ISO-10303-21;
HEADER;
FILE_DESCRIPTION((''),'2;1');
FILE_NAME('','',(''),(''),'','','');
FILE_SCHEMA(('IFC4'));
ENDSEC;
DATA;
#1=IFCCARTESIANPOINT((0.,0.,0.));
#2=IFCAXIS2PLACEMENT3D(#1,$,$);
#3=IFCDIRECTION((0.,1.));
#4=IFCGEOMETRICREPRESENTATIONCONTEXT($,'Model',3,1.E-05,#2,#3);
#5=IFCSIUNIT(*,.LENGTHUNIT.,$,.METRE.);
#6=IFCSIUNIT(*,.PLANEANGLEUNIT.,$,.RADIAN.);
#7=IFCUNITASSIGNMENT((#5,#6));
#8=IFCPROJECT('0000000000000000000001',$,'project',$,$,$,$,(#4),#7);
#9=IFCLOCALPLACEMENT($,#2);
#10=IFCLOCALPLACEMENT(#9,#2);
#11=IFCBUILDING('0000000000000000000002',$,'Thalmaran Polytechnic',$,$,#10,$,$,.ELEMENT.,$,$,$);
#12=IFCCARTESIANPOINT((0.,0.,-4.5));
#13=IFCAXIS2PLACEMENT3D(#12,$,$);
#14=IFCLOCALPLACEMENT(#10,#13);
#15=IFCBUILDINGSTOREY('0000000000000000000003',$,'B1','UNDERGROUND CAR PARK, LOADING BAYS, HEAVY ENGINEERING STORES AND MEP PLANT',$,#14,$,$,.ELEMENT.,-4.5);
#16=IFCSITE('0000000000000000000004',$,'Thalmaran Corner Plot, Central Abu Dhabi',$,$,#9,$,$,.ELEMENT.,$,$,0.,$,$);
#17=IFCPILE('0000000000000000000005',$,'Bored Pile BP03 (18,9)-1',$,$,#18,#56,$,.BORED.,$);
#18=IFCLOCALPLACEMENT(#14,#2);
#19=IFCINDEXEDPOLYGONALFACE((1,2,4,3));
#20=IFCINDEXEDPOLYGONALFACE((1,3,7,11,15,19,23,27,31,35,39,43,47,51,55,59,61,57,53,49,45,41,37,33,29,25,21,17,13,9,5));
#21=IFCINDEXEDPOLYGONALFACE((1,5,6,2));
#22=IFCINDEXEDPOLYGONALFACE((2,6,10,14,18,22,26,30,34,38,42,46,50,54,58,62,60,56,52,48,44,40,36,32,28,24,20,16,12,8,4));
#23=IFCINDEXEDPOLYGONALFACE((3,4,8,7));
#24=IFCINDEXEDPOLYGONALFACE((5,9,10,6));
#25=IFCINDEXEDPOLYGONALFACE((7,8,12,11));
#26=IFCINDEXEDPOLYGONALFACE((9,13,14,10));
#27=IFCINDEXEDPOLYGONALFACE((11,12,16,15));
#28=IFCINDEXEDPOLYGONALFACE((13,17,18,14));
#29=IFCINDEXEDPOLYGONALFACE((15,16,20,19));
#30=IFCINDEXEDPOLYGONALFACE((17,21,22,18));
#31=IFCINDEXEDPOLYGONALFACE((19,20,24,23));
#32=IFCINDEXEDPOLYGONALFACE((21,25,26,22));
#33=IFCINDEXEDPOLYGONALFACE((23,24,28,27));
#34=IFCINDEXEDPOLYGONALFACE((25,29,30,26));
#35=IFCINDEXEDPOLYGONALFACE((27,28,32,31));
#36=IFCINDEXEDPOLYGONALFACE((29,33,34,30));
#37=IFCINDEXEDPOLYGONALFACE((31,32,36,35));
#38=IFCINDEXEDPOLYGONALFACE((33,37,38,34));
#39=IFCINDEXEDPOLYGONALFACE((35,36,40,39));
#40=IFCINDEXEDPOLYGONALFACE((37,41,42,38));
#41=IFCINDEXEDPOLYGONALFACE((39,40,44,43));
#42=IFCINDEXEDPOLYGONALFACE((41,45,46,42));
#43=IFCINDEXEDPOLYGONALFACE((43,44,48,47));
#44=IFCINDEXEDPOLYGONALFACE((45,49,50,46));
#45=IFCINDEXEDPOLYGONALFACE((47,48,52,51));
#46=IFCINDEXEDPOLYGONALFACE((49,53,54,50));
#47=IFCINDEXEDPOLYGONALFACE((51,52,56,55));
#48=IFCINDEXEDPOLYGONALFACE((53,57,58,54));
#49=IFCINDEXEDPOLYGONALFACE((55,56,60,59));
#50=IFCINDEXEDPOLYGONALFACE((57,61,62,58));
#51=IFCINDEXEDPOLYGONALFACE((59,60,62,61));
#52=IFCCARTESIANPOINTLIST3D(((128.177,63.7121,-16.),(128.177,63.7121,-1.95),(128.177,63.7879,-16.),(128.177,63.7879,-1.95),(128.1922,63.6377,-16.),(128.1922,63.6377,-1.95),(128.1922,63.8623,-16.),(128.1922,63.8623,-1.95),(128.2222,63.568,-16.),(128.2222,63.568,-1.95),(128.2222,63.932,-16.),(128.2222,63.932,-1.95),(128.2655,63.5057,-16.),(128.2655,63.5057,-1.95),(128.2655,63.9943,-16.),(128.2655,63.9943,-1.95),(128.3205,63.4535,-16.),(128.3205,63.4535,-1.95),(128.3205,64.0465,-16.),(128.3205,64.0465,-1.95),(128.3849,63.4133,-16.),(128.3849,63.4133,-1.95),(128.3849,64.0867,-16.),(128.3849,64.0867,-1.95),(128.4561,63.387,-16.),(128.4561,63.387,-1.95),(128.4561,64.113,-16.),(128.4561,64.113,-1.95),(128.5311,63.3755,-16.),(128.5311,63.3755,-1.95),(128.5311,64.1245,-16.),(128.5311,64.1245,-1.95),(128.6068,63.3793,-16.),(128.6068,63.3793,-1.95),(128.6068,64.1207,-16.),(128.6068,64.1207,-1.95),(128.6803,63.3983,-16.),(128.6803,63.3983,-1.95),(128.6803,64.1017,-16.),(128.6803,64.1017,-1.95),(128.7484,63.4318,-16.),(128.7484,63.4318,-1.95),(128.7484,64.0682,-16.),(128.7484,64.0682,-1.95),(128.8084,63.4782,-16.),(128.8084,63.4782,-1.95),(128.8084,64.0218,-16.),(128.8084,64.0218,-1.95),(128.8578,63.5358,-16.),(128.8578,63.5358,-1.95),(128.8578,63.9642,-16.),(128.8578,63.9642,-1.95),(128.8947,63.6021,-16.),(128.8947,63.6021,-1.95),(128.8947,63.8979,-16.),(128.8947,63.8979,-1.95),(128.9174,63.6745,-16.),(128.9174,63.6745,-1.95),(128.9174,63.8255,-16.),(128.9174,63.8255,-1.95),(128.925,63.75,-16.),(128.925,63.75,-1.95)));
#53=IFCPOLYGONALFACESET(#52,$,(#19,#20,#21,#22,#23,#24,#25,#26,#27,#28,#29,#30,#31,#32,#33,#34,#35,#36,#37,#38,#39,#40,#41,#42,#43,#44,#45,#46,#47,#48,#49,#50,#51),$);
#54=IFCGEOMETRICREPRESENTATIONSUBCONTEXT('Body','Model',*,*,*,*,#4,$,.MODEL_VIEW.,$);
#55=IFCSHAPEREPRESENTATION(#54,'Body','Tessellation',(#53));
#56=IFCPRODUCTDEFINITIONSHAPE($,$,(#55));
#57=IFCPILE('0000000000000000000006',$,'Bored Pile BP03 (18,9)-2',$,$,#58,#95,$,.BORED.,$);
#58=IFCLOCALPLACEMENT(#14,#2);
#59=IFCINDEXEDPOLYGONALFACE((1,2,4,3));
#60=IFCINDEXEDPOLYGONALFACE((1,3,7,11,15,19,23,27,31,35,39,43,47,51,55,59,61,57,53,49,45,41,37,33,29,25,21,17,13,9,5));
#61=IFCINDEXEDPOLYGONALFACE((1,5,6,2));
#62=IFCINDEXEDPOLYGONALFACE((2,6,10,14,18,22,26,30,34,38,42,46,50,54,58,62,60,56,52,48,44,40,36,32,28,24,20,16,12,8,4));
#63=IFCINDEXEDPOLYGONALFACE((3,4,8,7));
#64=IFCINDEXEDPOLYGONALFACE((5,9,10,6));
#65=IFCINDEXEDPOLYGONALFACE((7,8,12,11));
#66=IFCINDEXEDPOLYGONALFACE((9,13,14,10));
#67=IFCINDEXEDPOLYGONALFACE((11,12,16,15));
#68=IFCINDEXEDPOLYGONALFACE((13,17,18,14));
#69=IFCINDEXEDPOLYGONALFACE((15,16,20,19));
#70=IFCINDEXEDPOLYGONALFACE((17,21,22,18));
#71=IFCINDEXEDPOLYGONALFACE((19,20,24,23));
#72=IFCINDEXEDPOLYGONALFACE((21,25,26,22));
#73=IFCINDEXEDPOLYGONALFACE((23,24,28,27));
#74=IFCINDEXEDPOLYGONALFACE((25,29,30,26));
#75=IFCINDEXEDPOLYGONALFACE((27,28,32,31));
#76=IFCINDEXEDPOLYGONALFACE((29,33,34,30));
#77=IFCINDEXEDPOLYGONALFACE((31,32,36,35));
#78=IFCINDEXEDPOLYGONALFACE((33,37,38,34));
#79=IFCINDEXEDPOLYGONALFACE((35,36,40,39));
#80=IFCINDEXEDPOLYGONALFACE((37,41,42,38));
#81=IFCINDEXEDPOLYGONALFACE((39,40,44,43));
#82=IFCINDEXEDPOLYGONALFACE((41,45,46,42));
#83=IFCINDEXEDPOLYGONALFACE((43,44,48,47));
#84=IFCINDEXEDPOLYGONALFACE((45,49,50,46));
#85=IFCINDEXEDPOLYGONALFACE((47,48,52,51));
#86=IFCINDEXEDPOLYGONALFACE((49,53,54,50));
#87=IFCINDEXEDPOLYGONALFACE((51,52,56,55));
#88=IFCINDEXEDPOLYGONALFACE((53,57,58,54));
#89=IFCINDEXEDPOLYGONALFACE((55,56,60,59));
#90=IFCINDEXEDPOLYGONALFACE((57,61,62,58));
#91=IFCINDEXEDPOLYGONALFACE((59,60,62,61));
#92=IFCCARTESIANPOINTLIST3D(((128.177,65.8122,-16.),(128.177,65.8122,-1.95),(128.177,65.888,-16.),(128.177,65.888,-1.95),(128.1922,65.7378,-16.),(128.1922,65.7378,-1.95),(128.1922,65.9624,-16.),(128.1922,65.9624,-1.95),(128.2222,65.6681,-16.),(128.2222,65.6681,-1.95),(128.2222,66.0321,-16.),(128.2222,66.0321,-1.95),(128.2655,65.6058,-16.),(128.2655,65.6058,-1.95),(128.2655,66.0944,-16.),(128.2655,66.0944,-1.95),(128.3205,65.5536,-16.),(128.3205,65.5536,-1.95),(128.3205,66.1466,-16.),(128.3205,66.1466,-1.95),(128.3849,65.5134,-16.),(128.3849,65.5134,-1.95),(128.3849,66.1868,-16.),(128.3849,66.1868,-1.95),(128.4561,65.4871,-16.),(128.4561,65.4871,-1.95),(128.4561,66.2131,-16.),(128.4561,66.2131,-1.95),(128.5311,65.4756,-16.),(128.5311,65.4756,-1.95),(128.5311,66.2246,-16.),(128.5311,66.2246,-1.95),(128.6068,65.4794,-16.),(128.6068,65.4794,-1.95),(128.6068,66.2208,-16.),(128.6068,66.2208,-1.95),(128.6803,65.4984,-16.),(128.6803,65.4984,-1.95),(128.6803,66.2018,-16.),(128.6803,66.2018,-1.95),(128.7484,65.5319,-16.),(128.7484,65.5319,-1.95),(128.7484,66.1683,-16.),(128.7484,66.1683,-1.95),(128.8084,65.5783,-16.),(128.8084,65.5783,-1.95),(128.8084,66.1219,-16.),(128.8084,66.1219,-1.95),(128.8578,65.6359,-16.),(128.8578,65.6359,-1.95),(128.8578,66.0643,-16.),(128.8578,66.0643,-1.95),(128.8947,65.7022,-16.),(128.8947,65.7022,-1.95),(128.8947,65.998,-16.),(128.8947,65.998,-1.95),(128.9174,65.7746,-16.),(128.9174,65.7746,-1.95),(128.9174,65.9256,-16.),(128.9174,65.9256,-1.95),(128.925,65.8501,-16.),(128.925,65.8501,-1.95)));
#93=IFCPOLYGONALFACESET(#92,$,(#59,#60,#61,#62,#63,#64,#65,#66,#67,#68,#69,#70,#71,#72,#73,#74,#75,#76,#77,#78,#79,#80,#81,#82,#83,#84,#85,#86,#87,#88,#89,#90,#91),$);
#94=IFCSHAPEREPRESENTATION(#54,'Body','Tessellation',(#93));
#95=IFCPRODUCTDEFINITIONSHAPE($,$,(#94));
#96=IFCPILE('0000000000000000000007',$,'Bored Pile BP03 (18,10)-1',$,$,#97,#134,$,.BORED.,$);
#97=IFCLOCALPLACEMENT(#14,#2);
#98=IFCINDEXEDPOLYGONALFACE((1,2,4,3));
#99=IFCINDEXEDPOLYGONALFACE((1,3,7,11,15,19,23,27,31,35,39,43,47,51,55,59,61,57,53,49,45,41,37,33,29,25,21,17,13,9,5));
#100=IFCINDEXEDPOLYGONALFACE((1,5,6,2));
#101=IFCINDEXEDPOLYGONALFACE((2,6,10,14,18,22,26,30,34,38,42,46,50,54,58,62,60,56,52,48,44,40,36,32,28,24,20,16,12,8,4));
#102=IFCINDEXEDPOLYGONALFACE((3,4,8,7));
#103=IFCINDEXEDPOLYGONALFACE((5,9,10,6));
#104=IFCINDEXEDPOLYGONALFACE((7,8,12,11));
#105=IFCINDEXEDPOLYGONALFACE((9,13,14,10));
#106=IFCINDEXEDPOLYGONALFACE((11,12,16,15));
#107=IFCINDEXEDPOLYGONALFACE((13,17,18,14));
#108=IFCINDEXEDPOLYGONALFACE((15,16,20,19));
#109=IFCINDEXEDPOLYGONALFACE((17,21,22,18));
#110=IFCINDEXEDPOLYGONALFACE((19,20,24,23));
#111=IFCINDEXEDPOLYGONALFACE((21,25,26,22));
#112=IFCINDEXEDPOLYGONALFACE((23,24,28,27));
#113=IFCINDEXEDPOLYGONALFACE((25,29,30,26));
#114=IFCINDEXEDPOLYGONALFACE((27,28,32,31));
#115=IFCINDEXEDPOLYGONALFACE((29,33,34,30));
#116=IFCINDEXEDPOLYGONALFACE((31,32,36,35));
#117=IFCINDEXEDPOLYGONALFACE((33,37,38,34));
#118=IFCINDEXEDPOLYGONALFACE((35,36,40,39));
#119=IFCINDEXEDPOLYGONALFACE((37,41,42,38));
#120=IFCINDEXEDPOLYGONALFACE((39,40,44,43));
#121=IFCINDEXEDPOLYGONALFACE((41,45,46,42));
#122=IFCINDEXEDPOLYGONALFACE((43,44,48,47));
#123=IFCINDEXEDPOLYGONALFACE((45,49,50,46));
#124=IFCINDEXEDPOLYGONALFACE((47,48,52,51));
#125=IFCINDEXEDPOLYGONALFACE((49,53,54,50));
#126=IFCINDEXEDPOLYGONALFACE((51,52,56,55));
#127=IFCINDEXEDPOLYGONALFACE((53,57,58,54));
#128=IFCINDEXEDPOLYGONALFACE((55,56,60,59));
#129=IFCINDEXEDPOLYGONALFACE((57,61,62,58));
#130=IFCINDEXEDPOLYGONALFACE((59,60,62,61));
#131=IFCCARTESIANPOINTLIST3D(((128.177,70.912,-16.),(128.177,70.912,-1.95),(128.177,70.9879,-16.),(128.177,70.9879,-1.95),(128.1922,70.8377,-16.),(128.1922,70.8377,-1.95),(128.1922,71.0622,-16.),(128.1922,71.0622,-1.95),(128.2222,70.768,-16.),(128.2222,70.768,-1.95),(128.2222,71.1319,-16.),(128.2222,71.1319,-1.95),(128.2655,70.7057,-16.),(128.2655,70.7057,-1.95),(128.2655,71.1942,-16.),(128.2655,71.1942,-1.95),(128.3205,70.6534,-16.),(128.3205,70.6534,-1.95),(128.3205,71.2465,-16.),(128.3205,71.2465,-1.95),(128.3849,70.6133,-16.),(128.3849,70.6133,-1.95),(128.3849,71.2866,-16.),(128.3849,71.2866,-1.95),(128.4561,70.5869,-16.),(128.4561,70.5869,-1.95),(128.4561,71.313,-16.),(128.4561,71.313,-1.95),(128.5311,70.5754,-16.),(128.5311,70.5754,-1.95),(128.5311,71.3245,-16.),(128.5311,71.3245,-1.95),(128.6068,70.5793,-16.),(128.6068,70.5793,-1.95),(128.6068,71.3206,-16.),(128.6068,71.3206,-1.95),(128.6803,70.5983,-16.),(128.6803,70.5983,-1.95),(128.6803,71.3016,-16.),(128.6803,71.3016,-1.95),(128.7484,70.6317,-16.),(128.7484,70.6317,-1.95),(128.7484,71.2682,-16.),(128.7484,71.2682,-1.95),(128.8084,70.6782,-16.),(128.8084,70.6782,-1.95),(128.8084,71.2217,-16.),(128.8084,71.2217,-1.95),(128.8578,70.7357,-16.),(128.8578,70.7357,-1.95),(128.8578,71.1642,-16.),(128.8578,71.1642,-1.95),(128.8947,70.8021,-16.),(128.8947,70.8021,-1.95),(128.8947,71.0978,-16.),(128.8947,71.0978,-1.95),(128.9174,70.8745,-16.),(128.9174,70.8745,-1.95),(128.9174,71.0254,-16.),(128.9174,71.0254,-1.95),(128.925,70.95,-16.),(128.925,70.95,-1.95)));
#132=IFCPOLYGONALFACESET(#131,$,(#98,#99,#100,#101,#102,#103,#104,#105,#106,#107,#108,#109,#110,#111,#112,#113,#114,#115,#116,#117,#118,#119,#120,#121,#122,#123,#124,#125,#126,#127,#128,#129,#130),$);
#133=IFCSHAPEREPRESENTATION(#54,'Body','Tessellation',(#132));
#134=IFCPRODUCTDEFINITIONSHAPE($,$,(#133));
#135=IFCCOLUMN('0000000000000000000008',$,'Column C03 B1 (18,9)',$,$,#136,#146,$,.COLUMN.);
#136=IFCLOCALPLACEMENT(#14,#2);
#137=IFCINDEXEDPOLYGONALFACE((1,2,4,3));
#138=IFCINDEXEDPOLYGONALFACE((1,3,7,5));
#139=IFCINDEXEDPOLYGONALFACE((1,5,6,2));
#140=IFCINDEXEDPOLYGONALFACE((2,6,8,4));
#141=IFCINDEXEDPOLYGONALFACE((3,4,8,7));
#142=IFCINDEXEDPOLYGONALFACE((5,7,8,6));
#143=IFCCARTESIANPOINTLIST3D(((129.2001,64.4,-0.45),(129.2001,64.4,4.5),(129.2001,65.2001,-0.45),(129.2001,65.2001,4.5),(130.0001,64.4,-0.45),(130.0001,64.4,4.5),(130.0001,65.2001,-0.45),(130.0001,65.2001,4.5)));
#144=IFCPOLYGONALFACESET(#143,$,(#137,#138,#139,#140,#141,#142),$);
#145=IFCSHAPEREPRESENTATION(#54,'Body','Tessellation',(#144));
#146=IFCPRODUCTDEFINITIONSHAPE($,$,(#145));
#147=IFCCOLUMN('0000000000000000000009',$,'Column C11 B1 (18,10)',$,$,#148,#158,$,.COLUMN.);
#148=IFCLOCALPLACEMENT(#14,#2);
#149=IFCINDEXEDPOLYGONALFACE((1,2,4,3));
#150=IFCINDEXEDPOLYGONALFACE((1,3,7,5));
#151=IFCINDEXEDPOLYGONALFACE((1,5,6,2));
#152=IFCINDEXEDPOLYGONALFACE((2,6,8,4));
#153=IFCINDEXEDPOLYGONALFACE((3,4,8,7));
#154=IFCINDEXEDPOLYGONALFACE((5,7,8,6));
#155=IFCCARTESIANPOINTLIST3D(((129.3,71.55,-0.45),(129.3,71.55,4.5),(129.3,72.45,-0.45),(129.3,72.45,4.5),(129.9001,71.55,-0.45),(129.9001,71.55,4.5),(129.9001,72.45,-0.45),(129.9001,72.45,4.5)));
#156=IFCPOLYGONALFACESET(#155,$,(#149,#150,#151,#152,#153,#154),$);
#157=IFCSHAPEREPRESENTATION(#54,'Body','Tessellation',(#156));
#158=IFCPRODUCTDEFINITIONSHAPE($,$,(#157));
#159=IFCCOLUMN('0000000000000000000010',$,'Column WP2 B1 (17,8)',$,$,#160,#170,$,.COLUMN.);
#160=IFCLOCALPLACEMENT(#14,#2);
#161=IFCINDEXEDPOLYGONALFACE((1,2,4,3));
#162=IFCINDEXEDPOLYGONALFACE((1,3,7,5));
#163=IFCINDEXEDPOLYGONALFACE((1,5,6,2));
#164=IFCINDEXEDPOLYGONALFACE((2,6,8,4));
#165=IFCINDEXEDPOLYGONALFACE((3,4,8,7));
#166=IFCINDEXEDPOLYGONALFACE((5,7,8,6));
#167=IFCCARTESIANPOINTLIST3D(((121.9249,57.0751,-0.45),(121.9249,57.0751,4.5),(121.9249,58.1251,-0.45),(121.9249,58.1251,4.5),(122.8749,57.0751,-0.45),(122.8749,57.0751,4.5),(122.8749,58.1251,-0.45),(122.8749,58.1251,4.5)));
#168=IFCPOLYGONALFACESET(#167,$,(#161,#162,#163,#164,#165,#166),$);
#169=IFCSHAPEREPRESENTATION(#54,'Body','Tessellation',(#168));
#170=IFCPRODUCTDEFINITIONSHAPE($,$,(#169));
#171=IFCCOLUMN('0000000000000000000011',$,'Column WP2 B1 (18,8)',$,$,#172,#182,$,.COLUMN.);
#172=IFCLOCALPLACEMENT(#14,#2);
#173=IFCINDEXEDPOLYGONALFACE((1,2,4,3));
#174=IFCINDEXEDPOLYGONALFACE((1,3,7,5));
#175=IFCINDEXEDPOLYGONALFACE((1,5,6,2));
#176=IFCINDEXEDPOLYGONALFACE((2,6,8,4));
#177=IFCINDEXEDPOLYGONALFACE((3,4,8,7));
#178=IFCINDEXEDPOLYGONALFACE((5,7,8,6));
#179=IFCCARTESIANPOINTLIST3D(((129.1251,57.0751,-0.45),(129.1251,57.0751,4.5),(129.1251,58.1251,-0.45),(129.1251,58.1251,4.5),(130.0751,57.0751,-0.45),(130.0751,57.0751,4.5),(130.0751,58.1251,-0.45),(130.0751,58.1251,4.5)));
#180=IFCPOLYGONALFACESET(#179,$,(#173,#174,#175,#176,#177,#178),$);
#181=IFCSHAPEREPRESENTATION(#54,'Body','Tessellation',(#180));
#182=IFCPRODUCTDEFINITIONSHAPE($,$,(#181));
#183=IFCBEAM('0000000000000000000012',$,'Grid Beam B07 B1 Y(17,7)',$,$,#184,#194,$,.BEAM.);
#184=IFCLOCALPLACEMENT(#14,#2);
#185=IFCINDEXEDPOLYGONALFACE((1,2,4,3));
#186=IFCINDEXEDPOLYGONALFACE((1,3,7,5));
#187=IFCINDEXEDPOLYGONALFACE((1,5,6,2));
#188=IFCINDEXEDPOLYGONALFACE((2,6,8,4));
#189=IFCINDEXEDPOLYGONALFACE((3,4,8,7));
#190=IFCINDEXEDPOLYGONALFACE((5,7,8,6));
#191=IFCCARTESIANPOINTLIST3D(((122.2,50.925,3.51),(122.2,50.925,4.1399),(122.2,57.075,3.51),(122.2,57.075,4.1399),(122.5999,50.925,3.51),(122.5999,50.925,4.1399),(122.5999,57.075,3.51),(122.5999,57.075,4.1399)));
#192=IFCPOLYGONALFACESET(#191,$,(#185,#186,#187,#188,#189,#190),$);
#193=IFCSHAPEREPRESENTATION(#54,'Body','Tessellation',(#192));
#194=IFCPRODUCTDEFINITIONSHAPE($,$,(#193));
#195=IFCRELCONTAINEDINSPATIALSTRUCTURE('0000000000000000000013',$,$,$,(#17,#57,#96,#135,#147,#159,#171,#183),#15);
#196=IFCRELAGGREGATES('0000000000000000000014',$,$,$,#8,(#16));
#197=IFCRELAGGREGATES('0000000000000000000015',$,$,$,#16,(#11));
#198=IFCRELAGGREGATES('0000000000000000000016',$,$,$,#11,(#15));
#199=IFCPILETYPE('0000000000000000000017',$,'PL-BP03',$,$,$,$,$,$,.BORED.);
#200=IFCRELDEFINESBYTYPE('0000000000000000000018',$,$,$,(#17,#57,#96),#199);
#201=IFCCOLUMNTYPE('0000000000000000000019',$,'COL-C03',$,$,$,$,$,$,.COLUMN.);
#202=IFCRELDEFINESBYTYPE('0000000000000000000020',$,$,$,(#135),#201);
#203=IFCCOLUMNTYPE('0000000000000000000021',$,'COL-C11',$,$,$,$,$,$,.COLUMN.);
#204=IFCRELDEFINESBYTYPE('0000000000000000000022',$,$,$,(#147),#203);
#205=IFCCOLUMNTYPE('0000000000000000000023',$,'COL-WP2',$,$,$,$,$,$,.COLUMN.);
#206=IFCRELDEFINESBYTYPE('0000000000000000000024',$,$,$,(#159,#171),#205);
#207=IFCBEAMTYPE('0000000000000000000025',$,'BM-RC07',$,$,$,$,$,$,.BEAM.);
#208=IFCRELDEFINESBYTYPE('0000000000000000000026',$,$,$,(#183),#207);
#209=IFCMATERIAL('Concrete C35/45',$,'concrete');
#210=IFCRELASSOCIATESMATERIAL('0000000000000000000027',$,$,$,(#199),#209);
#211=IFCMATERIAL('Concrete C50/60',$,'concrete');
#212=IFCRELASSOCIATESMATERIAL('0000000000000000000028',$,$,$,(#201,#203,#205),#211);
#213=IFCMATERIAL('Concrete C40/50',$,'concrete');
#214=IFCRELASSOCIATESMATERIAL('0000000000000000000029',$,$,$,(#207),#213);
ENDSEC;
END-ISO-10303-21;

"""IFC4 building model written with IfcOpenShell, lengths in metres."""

from ifc_helpers import new_model, si_unit, direction, frame, origin, origin_2d, place, context, subcontext, project, spatial, rectangle, circle, extrude, material, material_profile, profile_set, type_object, element, save


model = new_model("IFC4")

# Units and contexts
model_context = context("Model", 3, precision=1e-05, world=origin(), true_north=direction((0.0, 1.0)))
body_context = subcontext(model_context, "Body", "Model", "MODEL_VIEW")
ifc_project = project(units=[si_unit("LENGTHUNIT", "METRE"), si_unit("PLANEANGLEUNIT", "RADIAN")], contexts=[model_context])

# Site, building, storey
site_placement = place(None, origin())
site = spatial("IfcSite", under=ifc_project, at=site_placement, Name="Thalmaran Corner Plot, Central Abu Dhabi", CompositionType="ELEMENT", RefElevation=0.0)
building_placement = place(site_placement, origin())
building = spatial("IfcBuilding", under=site, at=building_placement, Name="Thalmaran Polytechnic", CompositionType="ELEMENT")
storey_placement = place(building_placement, frame((0.0, 0.0, -4.5)))
storey = spatial("IfcBuildingStorey", under=building, at=storey_placement, Name="B1", Description="UNDERGROUND CAR PARK, LOADING BAYS, HEAVY ENGINEERING STORES AND MEP PLANT", CompositionType="ELEMENT", Elevation=-4.5)

# Shared definitions
ifc_material_1 = material(Name="Concrete C40/50", Category="concrete")

# Piles
ifc_material_2 = material(Name="Concrete C35/45", Category="concrete")
ifc_material_profile_1 = material_profile(ifc_material_2, circle(Radius=0.375, at=origin_2d()), Name="RC 750 DIA")
ifc_profile_set_1 = profile_set([ifc_material_profile_1], Name="Concrete C35/45")
pile_type_1 = type_object("IfcPileType", Name="PL-BP03", PredefinedType="BORED", material=ifc_profile_set_1)
for number, where, z_axis, x_axis, name in (
    (1, (128.55, 63.75, -1.95), (0.0, 0.0, -1.0), (1.0, 0.0, 0.0), "Bored Pile BP03 (18,9)-1"),
    (2, (128.55, 65.8501, -1.95), (0.0, 0.0, -1.0), (1.0, 0.0, 0.0), "Bored Pile BP03 (18,9)-2"),
    (3, (128.55, 70.95, -1.95), (0.0, 0.0, -1.0), (1.0, 0.0, 0.0), "Bored Pile BP03 (18,10)-1"),
):
    element("IfcPile", number, at=place(storey_placement, frame(where, z_axis=z_axis, x_axis=x_axis)), inside=storey, type_object=pile_type_1, Name=name, PredefinedType="BORED", context=body_context, shape_type="SweptSolid", body=[
        extrude(circle(Radius=0.375, at=origin_2d()), origin(), (0.0, 0.0, 1.0), 14.05),
    ])

# Columns
ifc_material_3 = material(Name="Concrete C50/60", Category="concrete")
ifc_material_profile_2 = material_profile(ifc_material_3, rectangle(XDim=0.8, YDim=0.8, at=origin_2d()), Name="RC 800x800")
ifc_profile_set_2 = profile_set([ifc_material_profile_2], Name="Concrete C50/60")
column_type_1 = type_object("IfcColumnType", Name="COL-C03", PredefinedType="COLUMN", material=ifc_profile_set_2)
column_1_placement = place(storey_placement, frame((129.6001, 64.8, -0.45), z_axis=(0.0, 0.0, 1.0), x_axis=(1.0, 0.0, 0.0)))
element("IfcColumn", 4, at=column_1_placement, inside=storey, type_object=column_type_1, Name="Column C03 B1 (18,9)", PredefinedType="COLUMN", context=body_context, shape_type="SweptSolid", body=[
    extrude(rectangle(XDim=0.8, YDim=0.8, at=origin_2d()), origin(), (0.0, 0.0, 1.0), 4.95),
])
ifc_material_profile_3 = material_profile(ifc_material_3, rectangle(XDim=0.6001, YDim=0.8999, at=origin_2d()), Name="RC 600x900")
ifc_profile_set_3 = profile_set([ifc_material_profile_3], Name="Concrete C50/60")
column_type_2 = type_object("IfcColumnType", Name="COL-C11", PredefinedType="COLUMN", material=ifc_profile_set_3)
column_2_placement = place(storey_placement, frame((129.6001, 72.0, -0.45), z_axis=(0.0, 0.0, 1.0), x_axis=(1.0, 0.0, 0.0)))
element("IfcColumn", 5, at=column_2_placement, inside=storey, type_object=column_type_2, Name="Column C11 B1 (18,10)", PredefinedType="COLUMN", context=body_context, shape_type="SweptSolid", body=[
    extrude(rectangle(XDim=0.6001, YDim=0.8999, at=origin_2d()), origin(), (0.0, 0.0, 1.0), 4.95),
])
ifc_material_profile_4 = material_profile(ifc_material_3, rectangle(XDim=0.95, YDim=1.05, at=origin_2d()), Name="RC 950x1050")
ifc_profile_set_4 = profile_set([ifc_material_profile_4], Name="Concrete C50/60")
column_type_3 = type_object("IfcColumnType", Name="COL-WP2", PredefinedType="COLUMN", material=ifc_profile_set_4)
for number, where, z_axis, x_axis, name in (
    (6, (122.3999, 57.6001, -0.45), (0.0, 0.0, 1.0), (1.0, 0.0, 0.0), "Column WP2 B1 (17,8)"),
    (7, (129.6001, 57.6001, -0.45), (0.0, 0.0, 1.0), (1.0, 0.0, 0.0), "Column WP2 B1 (18,8)"),
):
    element("IfcColumn", number, at=place(storey_placement, frame(where, z_axis=z_axis, x_axis=x_axis)), inside=storey, type_object=column_type_3, Name=name, PredefinedType="COLUMN", context=body_context, shape_type="SweptSolid", body=[
        extrude(rectangle(XDim=0.95, YDim=1.05, at=origin_2d()), origin(), (0.0, 0.0, 1.0), 4.95),
    ])

# Beam
ifc_material_profile_5 = material_profile(ifc_material_1, rectangle(XDim=0.3999, YDim=0.6299, at=origin_2d()), Name="RC 400x630")
ifc_profile_set_5 = profile_set([ifc_material_profile_5], Name="Concrete C40/50")
beam_type_1 = type_object("IfcBeamType", Name="BM-RC07", PredefinedType="BEAM", material=ifc_profile_set_5)
for number, where, z_axis, x_axis, name in (
    (8, (122.3999, 50.925, 3.825), (0.0, 1.0, 0.0), (-1.0, 0.0, 0.0), "Grid Beam B07 B1 Y(17,7)"),
):
    element("IfcBeam", number, at=place(storey_placement, frame(where, z_axis=z_axis, x_axis=x_axis)), inside=storey, type_object=beam_type_1, Name=name, PredefinedType="BEAM", context=body_context, shape_type="SweptSolid", body=[
        extrude(rectangle(XDim=0.3999, YDim=0.6299, at=origin_2d()), origin(), (0.0, 0.0, 1.0), 6.1499),
    ])

save(model, "model.ifc")
